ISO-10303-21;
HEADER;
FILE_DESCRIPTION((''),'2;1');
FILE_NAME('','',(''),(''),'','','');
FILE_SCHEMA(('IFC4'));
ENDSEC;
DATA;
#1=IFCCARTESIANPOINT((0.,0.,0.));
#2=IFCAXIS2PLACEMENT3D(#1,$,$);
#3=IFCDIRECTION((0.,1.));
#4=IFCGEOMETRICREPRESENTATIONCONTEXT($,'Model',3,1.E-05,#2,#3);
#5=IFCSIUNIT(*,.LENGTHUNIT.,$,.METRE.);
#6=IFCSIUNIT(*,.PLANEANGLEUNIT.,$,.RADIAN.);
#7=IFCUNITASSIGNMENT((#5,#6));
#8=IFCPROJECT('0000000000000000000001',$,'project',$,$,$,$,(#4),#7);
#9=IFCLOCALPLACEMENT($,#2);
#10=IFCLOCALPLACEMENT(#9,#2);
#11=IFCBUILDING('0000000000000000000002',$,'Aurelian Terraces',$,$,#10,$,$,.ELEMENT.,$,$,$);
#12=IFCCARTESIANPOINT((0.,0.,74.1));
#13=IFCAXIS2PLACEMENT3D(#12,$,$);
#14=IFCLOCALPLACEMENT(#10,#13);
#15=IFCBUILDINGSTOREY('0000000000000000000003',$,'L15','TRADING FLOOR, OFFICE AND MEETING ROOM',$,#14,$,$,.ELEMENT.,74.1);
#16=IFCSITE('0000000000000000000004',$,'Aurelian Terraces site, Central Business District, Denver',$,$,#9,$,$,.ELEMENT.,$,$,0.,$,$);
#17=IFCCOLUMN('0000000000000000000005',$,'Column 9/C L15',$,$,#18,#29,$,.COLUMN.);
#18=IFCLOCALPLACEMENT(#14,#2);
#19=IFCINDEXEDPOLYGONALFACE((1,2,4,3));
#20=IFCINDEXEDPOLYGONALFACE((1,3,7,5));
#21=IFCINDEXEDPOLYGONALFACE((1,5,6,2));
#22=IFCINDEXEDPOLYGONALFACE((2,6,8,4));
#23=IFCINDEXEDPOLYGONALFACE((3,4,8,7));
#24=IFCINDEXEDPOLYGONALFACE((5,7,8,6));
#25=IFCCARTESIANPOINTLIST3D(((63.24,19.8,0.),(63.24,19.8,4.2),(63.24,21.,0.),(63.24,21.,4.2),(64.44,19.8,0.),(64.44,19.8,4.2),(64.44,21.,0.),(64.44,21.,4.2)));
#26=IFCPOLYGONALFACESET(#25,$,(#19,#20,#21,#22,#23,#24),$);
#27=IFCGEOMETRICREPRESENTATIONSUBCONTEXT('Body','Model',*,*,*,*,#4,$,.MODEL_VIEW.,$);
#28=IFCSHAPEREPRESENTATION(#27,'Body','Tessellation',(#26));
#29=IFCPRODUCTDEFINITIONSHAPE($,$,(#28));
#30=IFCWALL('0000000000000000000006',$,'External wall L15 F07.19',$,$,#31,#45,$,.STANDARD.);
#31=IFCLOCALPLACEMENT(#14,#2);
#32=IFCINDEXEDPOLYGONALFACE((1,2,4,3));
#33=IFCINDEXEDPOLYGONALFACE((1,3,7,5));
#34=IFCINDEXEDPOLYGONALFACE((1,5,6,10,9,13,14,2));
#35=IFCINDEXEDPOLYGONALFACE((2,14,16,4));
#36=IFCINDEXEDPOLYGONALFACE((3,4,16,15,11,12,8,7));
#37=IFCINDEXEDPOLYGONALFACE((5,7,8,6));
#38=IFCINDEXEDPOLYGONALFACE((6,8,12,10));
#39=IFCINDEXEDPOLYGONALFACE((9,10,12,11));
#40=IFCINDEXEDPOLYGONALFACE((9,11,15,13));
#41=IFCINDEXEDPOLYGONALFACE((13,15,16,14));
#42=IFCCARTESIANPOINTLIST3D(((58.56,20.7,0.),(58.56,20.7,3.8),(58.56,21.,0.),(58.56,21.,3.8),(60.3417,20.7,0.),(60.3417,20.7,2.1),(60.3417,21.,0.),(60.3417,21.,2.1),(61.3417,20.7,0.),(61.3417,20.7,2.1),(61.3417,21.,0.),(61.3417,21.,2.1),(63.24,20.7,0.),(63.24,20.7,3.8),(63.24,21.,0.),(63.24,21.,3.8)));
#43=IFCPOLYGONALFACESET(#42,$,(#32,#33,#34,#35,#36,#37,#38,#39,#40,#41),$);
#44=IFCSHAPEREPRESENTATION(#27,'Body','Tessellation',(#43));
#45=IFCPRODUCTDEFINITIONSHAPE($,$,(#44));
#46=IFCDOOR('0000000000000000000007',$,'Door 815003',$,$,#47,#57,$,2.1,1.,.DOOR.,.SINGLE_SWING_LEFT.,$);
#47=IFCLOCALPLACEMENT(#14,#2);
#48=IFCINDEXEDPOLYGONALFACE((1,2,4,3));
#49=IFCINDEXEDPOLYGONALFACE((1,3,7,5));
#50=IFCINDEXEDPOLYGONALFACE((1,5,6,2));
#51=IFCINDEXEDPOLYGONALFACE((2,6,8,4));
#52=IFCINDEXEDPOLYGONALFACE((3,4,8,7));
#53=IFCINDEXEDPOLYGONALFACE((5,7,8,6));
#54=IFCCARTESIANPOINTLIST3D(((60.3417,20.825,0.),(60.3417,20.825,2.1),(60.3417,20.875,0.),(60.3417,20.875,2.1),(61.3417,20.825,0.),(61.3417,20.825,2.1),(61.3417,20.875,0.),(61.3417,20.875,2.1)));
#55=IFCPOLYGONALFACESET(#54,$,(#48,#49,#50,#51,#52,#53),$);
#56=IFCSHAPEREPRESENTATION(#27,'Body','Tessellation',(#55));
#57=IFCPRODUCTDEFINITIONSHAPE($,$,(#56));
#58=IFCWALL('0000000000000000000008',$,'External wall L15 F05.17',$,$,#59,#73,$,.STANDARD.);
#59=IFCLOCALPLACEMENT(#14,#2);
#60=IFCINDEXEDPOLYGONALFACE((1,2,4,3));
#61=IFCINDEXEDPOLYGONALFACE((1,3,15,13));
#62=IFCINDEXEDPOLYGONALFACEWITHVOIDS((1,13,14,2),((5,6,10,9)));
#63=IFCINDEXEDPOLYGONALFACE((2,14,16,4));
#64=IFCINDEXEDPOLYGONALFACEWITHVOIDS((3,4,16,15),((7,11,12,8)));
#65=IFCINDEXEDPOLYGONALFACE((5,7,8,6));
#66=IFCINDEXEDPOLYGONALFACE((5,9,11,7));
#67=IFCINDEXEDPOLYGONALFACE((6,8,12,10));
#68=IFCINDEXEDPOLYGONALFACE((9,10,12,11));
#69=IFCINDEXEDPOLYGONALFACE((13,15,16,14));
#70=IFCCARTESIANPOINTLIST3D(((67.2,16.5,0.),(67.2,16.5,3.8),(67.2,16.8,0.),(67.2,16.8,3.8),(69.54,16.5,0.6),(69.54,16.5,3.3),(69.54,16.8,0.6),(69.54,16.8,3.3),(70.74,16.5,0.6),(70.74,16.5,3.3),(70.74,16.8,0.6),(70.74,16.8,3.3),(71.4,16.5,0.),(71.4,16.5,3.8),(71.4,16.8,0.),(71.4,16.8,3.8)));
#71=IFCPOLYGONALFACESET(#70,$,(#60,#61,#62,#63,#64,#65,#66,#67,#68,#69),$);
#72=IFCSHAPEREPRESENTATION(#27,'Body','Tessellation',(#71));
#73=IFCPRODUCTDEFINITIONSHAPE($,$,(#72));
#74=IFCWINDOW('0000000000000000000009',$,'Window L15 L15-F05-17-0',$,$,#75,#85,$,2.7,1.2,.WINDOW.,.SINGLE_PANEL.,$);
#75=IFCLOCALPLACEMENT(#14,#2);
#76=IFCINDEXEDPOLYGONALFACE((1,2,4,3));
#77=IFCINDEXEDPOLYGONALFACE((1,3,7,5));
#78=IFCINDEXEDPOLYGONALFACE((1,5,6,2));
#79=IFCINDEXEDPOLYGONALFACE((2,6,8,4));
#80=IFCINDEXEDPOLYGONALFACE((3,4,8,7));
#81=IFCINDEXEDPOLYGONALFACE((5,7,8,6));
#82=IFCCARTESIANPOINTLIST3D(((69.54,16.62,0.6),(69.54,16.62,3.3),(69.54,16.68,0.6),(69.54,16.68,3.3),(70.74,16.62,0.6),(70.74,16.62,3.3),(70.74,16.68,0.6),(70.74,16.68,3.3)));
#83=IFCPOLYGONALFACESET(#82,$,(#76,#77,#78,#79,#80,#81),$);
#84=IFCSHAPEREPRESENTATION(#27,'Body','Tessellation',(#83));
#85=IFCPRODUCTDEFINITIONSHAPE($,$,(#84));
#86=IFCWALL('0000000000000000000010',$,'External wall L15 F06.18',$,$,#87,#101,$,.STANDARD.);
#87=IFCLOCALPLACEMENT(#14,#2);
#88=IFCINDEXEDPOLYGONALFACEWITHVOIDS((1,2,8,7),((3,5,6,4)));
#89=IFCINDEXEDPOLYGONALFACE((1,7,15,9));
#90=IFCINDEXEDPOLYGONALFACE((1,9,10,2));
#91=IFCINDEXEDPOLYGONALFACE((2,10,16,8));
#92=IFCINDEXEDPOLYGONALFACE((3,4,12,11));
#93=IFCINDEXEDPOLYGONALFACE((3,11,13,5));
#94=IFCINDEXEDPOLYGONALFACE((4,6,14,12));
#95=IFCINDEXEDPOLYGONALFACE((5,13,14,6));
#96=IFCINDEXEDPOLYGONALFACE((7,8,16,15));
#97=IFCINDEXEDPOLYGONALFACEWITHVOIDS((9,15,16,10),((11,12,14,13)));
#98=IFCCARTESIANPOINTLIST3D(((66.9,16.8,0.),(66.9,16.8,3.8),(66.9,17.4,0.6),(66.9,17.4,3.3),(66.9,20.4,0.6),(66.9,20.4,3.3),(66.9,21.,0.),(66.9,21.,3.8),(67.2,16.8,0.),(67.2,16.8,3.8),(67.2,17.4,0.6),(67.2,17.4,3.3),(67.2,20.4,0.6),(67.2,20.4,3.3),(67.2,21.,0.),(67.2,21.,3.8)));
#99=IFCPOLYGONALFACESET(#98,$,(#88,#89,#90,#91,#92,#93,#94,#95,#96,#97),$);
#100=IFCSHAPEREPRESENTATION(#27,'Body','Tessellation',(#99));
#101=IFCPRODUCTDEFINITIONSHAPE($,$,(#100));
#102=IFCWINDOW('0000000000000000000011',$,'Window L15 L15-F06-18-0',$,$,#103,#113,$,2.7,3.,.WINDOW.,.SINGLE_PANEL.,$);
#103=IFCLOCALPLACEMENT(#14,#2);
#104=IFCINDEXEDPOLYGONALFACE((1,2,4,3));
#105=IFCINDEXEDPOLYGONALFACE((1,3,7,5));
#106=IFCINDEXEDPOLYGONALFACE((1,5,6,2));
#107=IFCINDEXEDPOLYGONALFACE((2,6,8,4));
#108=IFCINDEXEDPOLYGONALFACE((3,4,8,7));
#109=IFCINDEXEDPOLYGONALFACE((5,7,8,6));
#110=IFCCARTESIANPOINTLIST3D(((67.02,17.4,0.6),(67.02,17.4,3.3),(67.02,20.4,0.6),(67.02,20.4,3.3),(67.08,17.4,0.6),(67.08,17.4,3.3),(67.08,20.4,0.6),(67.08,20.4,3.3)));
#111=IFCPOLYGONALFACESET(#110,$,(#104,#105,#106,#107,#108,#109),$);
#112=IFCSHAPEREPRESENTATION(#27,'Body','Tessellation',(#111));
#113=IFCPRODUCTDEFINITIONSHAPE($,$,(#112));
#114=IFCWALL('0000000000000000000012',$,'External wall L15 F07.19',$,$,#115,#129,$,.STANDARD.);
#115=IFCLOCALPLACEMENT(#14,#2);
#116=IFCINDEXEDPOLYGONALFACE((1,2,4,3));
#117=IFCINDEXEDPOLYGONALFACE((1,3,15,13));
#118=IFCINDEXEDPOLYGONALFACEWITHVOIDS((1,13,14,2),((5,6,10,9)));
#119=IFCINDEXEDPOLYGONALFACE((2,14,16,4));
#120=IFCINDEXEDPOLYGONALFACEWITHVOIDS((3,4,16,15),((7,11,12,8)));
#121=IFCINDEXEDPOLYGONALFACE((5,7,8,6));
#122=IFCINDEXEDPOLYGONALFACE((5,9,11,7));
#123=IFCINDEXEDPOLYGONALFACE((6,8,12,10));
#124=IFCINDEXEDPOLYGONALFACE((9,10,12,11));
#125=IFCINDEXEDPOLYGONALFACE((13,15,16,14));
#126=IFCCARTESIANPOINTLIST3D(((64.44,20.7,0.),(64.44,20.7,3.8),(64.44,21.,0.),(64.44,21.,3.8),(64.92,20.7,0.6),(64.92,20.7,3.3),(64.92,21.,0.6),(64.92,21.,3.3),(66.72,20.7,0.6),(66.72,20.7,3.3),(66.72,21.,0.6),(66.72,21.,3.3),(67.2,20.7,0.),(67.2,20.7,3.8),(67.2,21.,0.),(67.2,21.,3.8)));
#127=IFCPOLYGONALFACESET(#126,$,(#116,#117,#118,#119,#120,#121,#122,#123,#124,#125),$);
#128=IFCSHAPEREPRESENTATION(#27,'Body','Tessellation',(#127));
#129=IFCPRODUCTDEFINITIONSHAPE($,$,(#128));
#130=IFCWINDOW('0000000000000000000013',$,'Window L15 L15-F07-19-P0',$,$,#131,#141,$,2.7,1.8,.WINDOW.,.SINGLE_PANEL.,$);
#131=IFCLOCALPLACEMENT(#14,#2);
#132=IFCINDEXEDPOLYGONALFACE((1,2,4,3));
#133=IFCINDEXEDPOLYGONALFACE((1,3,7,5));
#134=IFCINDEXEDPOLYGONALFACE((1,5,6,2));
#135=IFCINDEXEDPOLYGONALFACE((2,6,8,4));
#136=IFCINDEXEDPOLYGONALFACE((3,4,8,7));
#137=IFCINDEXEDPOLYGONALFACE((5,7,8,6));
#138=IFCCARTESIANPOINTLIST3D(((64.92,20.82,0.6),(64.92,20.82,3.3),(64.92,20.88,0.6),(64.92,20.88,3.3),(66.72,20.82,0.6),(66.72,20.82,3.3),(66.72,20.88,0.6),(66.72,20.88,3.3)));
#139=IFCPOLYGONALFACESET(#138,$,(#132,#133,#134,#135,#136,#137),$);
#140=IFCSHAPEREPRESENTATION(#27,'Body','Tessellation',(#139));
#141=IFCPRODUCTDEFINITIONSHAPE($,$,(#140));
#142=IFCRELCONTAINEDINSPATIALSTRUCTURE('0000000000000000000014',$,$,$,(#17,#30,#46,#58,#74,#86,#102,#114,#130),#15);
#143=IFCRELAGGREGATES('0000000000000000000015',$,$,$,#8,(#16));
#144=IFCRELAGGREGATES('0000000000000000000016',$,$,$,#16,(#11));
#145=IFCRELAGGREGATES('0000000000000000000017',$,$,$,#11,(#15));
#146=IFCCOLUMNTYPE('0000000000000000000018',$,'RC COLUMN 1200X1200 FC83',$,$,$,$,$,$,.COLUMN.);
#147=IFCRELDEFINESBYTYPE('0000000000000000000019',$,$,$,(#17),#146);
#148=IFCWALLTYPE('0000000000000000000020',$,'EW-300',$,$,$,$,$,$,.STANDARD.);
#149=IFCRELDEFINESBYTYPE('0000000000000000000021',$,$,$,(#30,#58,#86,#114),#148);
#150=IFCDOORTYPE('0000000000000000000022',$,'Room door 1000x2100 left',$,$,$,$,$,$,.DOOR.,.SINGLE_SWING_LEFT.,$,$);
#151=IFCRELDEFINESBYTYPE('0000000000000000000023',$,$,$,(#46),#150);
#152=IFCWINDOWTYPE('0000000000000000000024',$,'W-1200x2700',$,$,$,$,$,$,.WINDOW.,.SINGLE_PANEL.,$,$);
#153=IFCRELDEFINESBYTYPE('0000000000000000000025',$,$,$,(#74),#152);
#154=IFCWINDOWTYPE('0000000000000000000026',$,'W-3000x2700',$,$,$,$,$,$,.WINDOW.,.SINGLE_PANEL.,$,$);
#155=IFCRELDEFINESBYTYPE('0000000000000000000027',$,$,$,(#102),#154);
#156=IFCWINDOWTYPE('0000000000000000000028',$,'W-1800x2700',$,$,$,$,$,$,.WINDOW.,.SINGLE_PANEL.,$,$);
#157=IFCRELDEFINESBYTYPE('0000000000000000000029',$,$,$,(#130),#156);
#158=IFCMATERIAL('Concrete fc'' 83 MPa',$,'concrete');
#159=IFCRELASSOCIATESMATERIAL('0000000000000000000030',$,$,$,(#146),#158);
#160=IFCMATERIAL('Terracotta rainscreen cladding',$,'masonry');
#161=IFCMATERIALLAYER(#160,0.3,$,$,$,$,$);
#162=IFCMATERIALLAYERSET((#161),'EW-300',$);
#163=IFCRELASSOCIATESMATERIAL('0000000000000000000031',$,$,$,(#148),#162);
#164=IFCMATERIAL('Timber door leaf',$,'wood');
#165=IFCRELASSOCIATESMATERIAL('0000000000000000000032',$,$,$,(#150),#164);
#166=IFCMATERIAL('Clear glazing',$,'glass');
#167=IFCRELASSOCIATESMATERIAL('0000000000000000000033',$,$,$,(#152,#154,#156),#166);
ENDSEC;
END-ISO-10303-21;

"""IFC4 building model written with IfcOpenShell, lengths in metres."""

from ifc_helpers import new_model, si_unit, direction, frame, frame_2d, origin, origin_2d, place, context, subcontext, project, spatial, rectangle, extrude, source, transform, mapped, material, layer, layer_set, material_profile, profile_set, type_object, element, fill, save


model = new_model("IFC4")

# Units and contexts
model_context = context("Model", 3, precision=1e-05, world=origin(), true_north=direction((0.0, 1.0)))
body_context = subcontext(model_context, "Body", "Model", "MODEL_VIEW")
ifc_project = project(units=[si_unit("LENGTHUNIT", "METRE"), si_unit("PLANEANGLEUNIT", "RADIAN")], contexts=[model_context])

# Site, building, storey
site_placement = place(None, origin())
site = spatial("IfcSite", under=ifc_project, at=site_placement, Name="Aurelian Terraces site, Central Business District, Denver", CompositionType="ELEMENT", RefElevation=0.0)
building_placement = place(site_placement, origin())
building = spatial("IfcBuilding", under=site, at=building_placement, Name="Aurelian Terraces", CompositionType="ELEMENT")
storey_placement = place(building_placement, frame((0.0, 0.0, 74.1)))
storey = spatial("IfcBuildingStorey", under=building, at=storey_placement, Name="L15", Description="TRADING FLOOR, OFFICE AND MEETING ROOM", CompositionType="ELEMENT", Elevation=74.1)

# Column
ifc_material_1 = material(Name="Concrete fc' 83 MPa", Category="concrete")
ifc_material_profile = material_profile(ifc_material_1, rectangle(XDim=1.2, YDim=1.2, at=origin_2d()))
ifc_profile_set = profile_set([ifc_material_profile], Name="Concrete fc' 83 MPa")
column_type = type_object("IfcColumnType", Name="RC COLUMN 1200X1200 FC83", PredefinedType="COLUMN", material=ifc_profile_set)
shared_shape_1 = source(origin(), body_context, "Body", "SweptSolid", [
    extrude(rectangle(XDim=1.2, YDim=1.2, at=origin_2d()), origin(), (0.0, 0.0, 1.0), 4.2),
])
column_placement = place(storey_placement, frame((63.84, 20.4, 0.0), z_axis=(0.0, 0.0, 1.0), x_axis=(1.0, 0.0, 0.0)))
element("IfcColumn", 1, at=column_placement, inside=storey, type_object=column_type, Name="Column 9/C L15", PredefinedType="COLUMN", context=body_context, shape_type="MappedRepresentation", body=[
    mapped(shared_shape_1, transform((0.0, 0.0, 0.0), scale=1.0)),
])

# Wall, opening, door
ifc_material_2 = material(Name="Terracotta rainscreen cladding", Category="masonry")
ifc_layer_1 = layer(ifc_material_2, 0.3)
ifc_layer_set_1 = layer_set([ifc_layer_1], Name="EW-300")
wall_type_1 = type_object("IfcWallType", Name="EW-300", PredefinedType="STANDARD", material=ifc_layer_set_1)
shared_shape_2 = source(origin(), body_context, "Body", "SweptSolid", [
    extrude(rectangle(XDim=4.68, YDim=0.3, at=frame_2d((2.34, 0.0))), origin(), (0.0, 0.0, 1.0), 3.8),
])
wall_1_placement = place(storey_placement, frame((63.24, 20.85, 0.0), z_axis=(0.0, 0.0, 1.0), x_axis=(-1.0, 0.0, 0.0)))
wall_1 = element("IfcWall", 2, at=wall_1_placement, inside=storey, type_object=wall_type_1, Name="External wall L15 F07.19", PredefinedType="STANDARD", context=body_context, shape_type="MappedRepresentation", body=[
    mapped(shared_shape_2, transform((0.0, 0.0, 0.0), scale=1.0)),
])
shared_shape_3 = source(origin(), body_context, "Body", "SweptSolid", [
    extrude(rectangle(XDim=1.0, YDim=2.1, at=frame_2d((0.5, 1.05))), frame((0.0, 0.16, 0.0), z_axis=(0.0, -1.0, 0.0), x_axis=(1.0, 0.0, 0.0)), (0.0, 0.0, 1.0), 0.32),
])
opening_1_placement = place(wall_1_placement, frame((1.8983, 0.0, 0.0)))
opening_1 = element("IfcOpeningElement", 3, at=opening_1_placement, cuts=wall_1, PredefinedType="OPENING", context=body_context, shape_type="MappedRepresentation", body=[
    mapped(shared_shape_3, transform((0.0, 0.0, 0.0), scale=1.0)),
])
ifc_material_3 = material(Name="Timber door leaf", Category="wood")
door_type_1 = type_object("IfcDoorType", Name="Room door 1000x2100 left", OperationType="SINGLE_SWING_LEFT", PredefinedType="DOOR", material=ifc_material_3)
shared_shape_4 = source(origin(), body_context, "Body", "SweptSolid", [
    extrude(rectangle(XDim=1.0, YDim=2.1, at=frame_2d((0.5, 1.05))), frame((0.0, 0.025, 0.0), z_axis=(0.0, -1.0, 0.0), x_axis=(1.0, 0.0, 0.0)), (0.0, 0.0, 1.0), 0.05),
])
door_1_placement = place(opening_1_placement, origin())
door_1 = element("IfcDoor", 4, at=door_1_placement, inside=storey, type_object=door_type_1, Name="Door 815003", OperationType="SINGLE_SWING_LEFT", OverallHeight=2.1, OverallWidth=1.0, PredefinedType="DOOR", context=body_context, shape_type="MappedRepresentation", body=[
    mapped(shared_shape_4, transform((0.0, 0.0, 0.0), scale=1.0)),
])
fill(opening_1, door_1)

# Walls, openings, windows
shared_shape_5 = source(origin(), body_context, "Body", "SweptSolid", [
    extrude(rectangle(XDim=4.2, YDim=0.3, at=frame_2d((2.1, 0.0))), origin(), (0.0, 0.0, 1.0), 3.8),
])
wall_2_placement = place(storey_placement, frame((71.4, 16.65, 0.0), z_axis=(0.0, 0.0, 1.0), x_axis=(-1.0, 0.0, 0.0)))
wall_2 = element("IfcWall", 5, at=wall_2_placement, inside=storey, type_object=wall_type_1, Name="External wall L15 F05.17", PredefinedType="STANDARD", context=body_context, shape_type="MappedRepresentation", body=[
    mapped(shared_shape_5, transform((0.0, 0.0, 0.0), scale=1.0)),
])
shared_shape_6 = source(origin(), body_context, "Body", "SweptSolid", [
    extrude(rectangle(XDim=1.2, YDim=2.7, at=frame_2d((0.6, 1.35))), frame((0.0, 0.16, 0.0), z_axis=(0.0, -1.0, 0.0), x_axis=(1.0, 0.0, 0.0)), (0.0, 0.0, 1.0), 0.32),
])
opening_2_placement = place(wall_2_placement, frame((0.66, 0.0, 0.6)))
opening_2 = element("IfcOpeningElement", 6, at=opening_2_placement, cuts=wall_2, PredefinedType="OPENING", context=body_context, shape_type="MappedRepresentation", body=[
    mapped(shared_shape_6, transform((0.0, 0.0, 0.0), scale=1.0)),
])
ifc_material_4 = material(Name="Clear glazing", Category="glass")
window_type_1 = type_object("IfcWindowType", Name="W-1200x2700", PartitioningType="SINGLE_PANEL", PredefinedType="WINDOW", material=ifc_material_4)
shared_shape_7 = source(origin(), body_context, "Body", "SweptSolid", [
    extrude(rectangle(XDim=1.2, YDim=2.7, at=frame_2d((0.6, 1.35))), frame((0.0, 0.03, 0.0), z_axis=(0.0, -1.0, 0.0), x_axis=(1.0, 0.0, 0.0)), (0.0, 0.0, 1.0), 0.06),
])
window_1_placement = place(opening_2_placement, origin())
window_1 = element("IfcWindow", 7, at=window_1_placement, inside=storey, type_object=window_type_1, Name="Window L15 L15-F05-17-0", OverallHeight=2.7, OverallWidth=1.2, PartitioningType="SINGLE_PANEL", PredefinedType="WINDOW", context=body_context, shape_type="MappedRepresentation", body=[
    mapped(shared_shape_7, transform((0.0, 0.0, 0.0), scale=1.0)),
])
fill(opening_2, window_1)
wall_3_placement = place(storey_placement, frame((67.05, 16.8, 0.0), z_axis=(0.0, 0.0, 1.0), x_axis=(0.0, 1.0, 0.0)))
wall_3 = element("IfcWall", 8, at=wall_3_placement, inside=storey, type_object=wall_type_1, Name="External wall L15 F06.18", PredefinedType="STANDARD", context=body_context, shape_type="MappedRepresentation", body=[
    mapped(shared_shape_5, transform((0.0, 0.0, 0.0), scale=1.0)),
])
shared_shape_8 = source(origin(), body_context, "Body", "SweptSolid", [
    extrude(rectangle(XDim=3.0, YDim=2.7, at=frame_2d((1.5, 1.35))), frame((0.0, 0.16, 0.0), z_axis=(0.0, -1.0, 0.0), x_axis=(1.0, 0.0, 0.0)), (0.0, 0.0, 1.0), 0.32),
])
opening_3_placement = place(wall_3_placement, frame((0.6, 0.0, 0.6)))
opening_3 = element("IfcOpeningElement", 9, at=opening_3_placement, cuts=wall_3, PredefinedType="OPENING", context=body_context, shape_type="MappedRepresentation", body=[
    mapped(shared_shape_8, transform((0.0, 0.0, 0.0), scale=1.0)),
])
window_type_2 = type_object("IfcWindowType", Name="W-3000x2700", PartitioningType="SINGLE_PANEL", PredefinedType="WINDOW", material=ifc_material_4)
shared_shape_9 = source(origin(), body_context, "Body", "SweptSolid", [
    extrude(rectangle(XDim=3.0, YDim=2.7, at=frame_2d((1.5, 1.35))), frame((0.0, 0.03, 0.0), z_axis=(0.0, -1.0, 0.0), x_axis=(1.0, 0.0, 0.0)), (0.0, 0.0, 1.0), 0.06),
])
window_2_placement = place(opening_3_placement, origin())
window_2 = element("IfcWindow", 10, at=window_2_placement, inside=storey, type_object=window_type_2, Name="Window L15 L15-F06-18-0", OverallHeight=2.7, OverallWidth=3.0, PartitioningType="SINGLE_PANEL", PredefinedType="WINDOW", context=body_context, shape_type="MappedRepresentation", body=[
    mapped(shared_shape_9, transform((0.0, 0.0, 0.0), scale=1.0)),
])
fill(opening_3, window_2)
shared_shape_10 = source(origin(), body_context, "Body", "SweptSolid", [
    extrude(rectangle(XDim=2.76, YDim=0.3, at=frame_2d((1.38, 0.0))), origin(), (0.0, 0.0, 1.0), 3.8),
])
wall_4_placement = place(storey_placement, frame((67.2, 20.85, 0.0), z_axis=(0.0, 0.0, 1.0), x_axis=(-1.0, 0.0, 0.0)))
wall_4 = element("IfcWall", 11, at=wall_4_placement, inside=storey, type_object=wall_type_1, Name="External wall L15 F07.19", PredefinedType="STANDARD", context=body_context, shape_type="MappedRepresentation", body=[
    mapped(shared_shape_10, transform((0.0, 0.0, 0.0), scale=1.0)),
])
shared_shape_11 = source(origin(), body_context, "Body", "SweptSolid", [
    extrude(rectangle(XDim=1.8, YDim=2.7, at=frame_2d((0.9, 1.35))), frame((0.0, 0.16, 0.0), z_axis=(0.0, -1.0, 0.0), x_axis=(1.0, 0.0, 0.0)), (0.0, 0.0, 1.0), 0.32),
])
opening_4_placement = place(wall_4_placement, frame((0.48, 0.0, 0.6)))
opening_4 = element("IfcOpeningElement", 12, at=opening_4_placement, cuts=wall_4, PredefinedType="OPENING", context=body_context, shape_type="MappedRepresentation", body=[
    mapped(shared_shape_11, transform((0.0, 0.0, 0.0), scale=1.0)),
])
window_type_3 = type_object("IfcWindowType", Name="W-1800x2700", PartitioningType="SINGLE_PANEL", PredefinedType="WINDOW", material=ifc_material_4)
shared_shape_12 = source(origin(), body_context, "Body", "SweptSolid", [
    extrude(rectangle(XDim=1.8, YDim=2.7, at=frame_2d((0.9, 1.35))), frame((0.0, 0.03, 0.0), z_axis=(0.0, -1.0, 0.0), x_axis=(1.0, 0.0, 0.0)), (0.0, 0.0, 1.0), 0.06),
])
window_3_placement = place(opening_4_placement, origin())
window_3 = element("IfcWindow", 13, at=window_3_placement, inside=storey, type_object=window_type_3, Name="Window L15 L15-F07-19-P0", OverallHeight=2.7, OverallWidth=1.8, PartitioningType="SINGLE_PANEL", PredefinedType="WINDOW", context=body_context, shape_type="MappedRepresentation", body=[
    mapped(shared_shape_12, transform((0.0, 0.0, 0.0), scale=1.0)),
])
fill(opening_4, window_3)

save(model, "model.ifc")
